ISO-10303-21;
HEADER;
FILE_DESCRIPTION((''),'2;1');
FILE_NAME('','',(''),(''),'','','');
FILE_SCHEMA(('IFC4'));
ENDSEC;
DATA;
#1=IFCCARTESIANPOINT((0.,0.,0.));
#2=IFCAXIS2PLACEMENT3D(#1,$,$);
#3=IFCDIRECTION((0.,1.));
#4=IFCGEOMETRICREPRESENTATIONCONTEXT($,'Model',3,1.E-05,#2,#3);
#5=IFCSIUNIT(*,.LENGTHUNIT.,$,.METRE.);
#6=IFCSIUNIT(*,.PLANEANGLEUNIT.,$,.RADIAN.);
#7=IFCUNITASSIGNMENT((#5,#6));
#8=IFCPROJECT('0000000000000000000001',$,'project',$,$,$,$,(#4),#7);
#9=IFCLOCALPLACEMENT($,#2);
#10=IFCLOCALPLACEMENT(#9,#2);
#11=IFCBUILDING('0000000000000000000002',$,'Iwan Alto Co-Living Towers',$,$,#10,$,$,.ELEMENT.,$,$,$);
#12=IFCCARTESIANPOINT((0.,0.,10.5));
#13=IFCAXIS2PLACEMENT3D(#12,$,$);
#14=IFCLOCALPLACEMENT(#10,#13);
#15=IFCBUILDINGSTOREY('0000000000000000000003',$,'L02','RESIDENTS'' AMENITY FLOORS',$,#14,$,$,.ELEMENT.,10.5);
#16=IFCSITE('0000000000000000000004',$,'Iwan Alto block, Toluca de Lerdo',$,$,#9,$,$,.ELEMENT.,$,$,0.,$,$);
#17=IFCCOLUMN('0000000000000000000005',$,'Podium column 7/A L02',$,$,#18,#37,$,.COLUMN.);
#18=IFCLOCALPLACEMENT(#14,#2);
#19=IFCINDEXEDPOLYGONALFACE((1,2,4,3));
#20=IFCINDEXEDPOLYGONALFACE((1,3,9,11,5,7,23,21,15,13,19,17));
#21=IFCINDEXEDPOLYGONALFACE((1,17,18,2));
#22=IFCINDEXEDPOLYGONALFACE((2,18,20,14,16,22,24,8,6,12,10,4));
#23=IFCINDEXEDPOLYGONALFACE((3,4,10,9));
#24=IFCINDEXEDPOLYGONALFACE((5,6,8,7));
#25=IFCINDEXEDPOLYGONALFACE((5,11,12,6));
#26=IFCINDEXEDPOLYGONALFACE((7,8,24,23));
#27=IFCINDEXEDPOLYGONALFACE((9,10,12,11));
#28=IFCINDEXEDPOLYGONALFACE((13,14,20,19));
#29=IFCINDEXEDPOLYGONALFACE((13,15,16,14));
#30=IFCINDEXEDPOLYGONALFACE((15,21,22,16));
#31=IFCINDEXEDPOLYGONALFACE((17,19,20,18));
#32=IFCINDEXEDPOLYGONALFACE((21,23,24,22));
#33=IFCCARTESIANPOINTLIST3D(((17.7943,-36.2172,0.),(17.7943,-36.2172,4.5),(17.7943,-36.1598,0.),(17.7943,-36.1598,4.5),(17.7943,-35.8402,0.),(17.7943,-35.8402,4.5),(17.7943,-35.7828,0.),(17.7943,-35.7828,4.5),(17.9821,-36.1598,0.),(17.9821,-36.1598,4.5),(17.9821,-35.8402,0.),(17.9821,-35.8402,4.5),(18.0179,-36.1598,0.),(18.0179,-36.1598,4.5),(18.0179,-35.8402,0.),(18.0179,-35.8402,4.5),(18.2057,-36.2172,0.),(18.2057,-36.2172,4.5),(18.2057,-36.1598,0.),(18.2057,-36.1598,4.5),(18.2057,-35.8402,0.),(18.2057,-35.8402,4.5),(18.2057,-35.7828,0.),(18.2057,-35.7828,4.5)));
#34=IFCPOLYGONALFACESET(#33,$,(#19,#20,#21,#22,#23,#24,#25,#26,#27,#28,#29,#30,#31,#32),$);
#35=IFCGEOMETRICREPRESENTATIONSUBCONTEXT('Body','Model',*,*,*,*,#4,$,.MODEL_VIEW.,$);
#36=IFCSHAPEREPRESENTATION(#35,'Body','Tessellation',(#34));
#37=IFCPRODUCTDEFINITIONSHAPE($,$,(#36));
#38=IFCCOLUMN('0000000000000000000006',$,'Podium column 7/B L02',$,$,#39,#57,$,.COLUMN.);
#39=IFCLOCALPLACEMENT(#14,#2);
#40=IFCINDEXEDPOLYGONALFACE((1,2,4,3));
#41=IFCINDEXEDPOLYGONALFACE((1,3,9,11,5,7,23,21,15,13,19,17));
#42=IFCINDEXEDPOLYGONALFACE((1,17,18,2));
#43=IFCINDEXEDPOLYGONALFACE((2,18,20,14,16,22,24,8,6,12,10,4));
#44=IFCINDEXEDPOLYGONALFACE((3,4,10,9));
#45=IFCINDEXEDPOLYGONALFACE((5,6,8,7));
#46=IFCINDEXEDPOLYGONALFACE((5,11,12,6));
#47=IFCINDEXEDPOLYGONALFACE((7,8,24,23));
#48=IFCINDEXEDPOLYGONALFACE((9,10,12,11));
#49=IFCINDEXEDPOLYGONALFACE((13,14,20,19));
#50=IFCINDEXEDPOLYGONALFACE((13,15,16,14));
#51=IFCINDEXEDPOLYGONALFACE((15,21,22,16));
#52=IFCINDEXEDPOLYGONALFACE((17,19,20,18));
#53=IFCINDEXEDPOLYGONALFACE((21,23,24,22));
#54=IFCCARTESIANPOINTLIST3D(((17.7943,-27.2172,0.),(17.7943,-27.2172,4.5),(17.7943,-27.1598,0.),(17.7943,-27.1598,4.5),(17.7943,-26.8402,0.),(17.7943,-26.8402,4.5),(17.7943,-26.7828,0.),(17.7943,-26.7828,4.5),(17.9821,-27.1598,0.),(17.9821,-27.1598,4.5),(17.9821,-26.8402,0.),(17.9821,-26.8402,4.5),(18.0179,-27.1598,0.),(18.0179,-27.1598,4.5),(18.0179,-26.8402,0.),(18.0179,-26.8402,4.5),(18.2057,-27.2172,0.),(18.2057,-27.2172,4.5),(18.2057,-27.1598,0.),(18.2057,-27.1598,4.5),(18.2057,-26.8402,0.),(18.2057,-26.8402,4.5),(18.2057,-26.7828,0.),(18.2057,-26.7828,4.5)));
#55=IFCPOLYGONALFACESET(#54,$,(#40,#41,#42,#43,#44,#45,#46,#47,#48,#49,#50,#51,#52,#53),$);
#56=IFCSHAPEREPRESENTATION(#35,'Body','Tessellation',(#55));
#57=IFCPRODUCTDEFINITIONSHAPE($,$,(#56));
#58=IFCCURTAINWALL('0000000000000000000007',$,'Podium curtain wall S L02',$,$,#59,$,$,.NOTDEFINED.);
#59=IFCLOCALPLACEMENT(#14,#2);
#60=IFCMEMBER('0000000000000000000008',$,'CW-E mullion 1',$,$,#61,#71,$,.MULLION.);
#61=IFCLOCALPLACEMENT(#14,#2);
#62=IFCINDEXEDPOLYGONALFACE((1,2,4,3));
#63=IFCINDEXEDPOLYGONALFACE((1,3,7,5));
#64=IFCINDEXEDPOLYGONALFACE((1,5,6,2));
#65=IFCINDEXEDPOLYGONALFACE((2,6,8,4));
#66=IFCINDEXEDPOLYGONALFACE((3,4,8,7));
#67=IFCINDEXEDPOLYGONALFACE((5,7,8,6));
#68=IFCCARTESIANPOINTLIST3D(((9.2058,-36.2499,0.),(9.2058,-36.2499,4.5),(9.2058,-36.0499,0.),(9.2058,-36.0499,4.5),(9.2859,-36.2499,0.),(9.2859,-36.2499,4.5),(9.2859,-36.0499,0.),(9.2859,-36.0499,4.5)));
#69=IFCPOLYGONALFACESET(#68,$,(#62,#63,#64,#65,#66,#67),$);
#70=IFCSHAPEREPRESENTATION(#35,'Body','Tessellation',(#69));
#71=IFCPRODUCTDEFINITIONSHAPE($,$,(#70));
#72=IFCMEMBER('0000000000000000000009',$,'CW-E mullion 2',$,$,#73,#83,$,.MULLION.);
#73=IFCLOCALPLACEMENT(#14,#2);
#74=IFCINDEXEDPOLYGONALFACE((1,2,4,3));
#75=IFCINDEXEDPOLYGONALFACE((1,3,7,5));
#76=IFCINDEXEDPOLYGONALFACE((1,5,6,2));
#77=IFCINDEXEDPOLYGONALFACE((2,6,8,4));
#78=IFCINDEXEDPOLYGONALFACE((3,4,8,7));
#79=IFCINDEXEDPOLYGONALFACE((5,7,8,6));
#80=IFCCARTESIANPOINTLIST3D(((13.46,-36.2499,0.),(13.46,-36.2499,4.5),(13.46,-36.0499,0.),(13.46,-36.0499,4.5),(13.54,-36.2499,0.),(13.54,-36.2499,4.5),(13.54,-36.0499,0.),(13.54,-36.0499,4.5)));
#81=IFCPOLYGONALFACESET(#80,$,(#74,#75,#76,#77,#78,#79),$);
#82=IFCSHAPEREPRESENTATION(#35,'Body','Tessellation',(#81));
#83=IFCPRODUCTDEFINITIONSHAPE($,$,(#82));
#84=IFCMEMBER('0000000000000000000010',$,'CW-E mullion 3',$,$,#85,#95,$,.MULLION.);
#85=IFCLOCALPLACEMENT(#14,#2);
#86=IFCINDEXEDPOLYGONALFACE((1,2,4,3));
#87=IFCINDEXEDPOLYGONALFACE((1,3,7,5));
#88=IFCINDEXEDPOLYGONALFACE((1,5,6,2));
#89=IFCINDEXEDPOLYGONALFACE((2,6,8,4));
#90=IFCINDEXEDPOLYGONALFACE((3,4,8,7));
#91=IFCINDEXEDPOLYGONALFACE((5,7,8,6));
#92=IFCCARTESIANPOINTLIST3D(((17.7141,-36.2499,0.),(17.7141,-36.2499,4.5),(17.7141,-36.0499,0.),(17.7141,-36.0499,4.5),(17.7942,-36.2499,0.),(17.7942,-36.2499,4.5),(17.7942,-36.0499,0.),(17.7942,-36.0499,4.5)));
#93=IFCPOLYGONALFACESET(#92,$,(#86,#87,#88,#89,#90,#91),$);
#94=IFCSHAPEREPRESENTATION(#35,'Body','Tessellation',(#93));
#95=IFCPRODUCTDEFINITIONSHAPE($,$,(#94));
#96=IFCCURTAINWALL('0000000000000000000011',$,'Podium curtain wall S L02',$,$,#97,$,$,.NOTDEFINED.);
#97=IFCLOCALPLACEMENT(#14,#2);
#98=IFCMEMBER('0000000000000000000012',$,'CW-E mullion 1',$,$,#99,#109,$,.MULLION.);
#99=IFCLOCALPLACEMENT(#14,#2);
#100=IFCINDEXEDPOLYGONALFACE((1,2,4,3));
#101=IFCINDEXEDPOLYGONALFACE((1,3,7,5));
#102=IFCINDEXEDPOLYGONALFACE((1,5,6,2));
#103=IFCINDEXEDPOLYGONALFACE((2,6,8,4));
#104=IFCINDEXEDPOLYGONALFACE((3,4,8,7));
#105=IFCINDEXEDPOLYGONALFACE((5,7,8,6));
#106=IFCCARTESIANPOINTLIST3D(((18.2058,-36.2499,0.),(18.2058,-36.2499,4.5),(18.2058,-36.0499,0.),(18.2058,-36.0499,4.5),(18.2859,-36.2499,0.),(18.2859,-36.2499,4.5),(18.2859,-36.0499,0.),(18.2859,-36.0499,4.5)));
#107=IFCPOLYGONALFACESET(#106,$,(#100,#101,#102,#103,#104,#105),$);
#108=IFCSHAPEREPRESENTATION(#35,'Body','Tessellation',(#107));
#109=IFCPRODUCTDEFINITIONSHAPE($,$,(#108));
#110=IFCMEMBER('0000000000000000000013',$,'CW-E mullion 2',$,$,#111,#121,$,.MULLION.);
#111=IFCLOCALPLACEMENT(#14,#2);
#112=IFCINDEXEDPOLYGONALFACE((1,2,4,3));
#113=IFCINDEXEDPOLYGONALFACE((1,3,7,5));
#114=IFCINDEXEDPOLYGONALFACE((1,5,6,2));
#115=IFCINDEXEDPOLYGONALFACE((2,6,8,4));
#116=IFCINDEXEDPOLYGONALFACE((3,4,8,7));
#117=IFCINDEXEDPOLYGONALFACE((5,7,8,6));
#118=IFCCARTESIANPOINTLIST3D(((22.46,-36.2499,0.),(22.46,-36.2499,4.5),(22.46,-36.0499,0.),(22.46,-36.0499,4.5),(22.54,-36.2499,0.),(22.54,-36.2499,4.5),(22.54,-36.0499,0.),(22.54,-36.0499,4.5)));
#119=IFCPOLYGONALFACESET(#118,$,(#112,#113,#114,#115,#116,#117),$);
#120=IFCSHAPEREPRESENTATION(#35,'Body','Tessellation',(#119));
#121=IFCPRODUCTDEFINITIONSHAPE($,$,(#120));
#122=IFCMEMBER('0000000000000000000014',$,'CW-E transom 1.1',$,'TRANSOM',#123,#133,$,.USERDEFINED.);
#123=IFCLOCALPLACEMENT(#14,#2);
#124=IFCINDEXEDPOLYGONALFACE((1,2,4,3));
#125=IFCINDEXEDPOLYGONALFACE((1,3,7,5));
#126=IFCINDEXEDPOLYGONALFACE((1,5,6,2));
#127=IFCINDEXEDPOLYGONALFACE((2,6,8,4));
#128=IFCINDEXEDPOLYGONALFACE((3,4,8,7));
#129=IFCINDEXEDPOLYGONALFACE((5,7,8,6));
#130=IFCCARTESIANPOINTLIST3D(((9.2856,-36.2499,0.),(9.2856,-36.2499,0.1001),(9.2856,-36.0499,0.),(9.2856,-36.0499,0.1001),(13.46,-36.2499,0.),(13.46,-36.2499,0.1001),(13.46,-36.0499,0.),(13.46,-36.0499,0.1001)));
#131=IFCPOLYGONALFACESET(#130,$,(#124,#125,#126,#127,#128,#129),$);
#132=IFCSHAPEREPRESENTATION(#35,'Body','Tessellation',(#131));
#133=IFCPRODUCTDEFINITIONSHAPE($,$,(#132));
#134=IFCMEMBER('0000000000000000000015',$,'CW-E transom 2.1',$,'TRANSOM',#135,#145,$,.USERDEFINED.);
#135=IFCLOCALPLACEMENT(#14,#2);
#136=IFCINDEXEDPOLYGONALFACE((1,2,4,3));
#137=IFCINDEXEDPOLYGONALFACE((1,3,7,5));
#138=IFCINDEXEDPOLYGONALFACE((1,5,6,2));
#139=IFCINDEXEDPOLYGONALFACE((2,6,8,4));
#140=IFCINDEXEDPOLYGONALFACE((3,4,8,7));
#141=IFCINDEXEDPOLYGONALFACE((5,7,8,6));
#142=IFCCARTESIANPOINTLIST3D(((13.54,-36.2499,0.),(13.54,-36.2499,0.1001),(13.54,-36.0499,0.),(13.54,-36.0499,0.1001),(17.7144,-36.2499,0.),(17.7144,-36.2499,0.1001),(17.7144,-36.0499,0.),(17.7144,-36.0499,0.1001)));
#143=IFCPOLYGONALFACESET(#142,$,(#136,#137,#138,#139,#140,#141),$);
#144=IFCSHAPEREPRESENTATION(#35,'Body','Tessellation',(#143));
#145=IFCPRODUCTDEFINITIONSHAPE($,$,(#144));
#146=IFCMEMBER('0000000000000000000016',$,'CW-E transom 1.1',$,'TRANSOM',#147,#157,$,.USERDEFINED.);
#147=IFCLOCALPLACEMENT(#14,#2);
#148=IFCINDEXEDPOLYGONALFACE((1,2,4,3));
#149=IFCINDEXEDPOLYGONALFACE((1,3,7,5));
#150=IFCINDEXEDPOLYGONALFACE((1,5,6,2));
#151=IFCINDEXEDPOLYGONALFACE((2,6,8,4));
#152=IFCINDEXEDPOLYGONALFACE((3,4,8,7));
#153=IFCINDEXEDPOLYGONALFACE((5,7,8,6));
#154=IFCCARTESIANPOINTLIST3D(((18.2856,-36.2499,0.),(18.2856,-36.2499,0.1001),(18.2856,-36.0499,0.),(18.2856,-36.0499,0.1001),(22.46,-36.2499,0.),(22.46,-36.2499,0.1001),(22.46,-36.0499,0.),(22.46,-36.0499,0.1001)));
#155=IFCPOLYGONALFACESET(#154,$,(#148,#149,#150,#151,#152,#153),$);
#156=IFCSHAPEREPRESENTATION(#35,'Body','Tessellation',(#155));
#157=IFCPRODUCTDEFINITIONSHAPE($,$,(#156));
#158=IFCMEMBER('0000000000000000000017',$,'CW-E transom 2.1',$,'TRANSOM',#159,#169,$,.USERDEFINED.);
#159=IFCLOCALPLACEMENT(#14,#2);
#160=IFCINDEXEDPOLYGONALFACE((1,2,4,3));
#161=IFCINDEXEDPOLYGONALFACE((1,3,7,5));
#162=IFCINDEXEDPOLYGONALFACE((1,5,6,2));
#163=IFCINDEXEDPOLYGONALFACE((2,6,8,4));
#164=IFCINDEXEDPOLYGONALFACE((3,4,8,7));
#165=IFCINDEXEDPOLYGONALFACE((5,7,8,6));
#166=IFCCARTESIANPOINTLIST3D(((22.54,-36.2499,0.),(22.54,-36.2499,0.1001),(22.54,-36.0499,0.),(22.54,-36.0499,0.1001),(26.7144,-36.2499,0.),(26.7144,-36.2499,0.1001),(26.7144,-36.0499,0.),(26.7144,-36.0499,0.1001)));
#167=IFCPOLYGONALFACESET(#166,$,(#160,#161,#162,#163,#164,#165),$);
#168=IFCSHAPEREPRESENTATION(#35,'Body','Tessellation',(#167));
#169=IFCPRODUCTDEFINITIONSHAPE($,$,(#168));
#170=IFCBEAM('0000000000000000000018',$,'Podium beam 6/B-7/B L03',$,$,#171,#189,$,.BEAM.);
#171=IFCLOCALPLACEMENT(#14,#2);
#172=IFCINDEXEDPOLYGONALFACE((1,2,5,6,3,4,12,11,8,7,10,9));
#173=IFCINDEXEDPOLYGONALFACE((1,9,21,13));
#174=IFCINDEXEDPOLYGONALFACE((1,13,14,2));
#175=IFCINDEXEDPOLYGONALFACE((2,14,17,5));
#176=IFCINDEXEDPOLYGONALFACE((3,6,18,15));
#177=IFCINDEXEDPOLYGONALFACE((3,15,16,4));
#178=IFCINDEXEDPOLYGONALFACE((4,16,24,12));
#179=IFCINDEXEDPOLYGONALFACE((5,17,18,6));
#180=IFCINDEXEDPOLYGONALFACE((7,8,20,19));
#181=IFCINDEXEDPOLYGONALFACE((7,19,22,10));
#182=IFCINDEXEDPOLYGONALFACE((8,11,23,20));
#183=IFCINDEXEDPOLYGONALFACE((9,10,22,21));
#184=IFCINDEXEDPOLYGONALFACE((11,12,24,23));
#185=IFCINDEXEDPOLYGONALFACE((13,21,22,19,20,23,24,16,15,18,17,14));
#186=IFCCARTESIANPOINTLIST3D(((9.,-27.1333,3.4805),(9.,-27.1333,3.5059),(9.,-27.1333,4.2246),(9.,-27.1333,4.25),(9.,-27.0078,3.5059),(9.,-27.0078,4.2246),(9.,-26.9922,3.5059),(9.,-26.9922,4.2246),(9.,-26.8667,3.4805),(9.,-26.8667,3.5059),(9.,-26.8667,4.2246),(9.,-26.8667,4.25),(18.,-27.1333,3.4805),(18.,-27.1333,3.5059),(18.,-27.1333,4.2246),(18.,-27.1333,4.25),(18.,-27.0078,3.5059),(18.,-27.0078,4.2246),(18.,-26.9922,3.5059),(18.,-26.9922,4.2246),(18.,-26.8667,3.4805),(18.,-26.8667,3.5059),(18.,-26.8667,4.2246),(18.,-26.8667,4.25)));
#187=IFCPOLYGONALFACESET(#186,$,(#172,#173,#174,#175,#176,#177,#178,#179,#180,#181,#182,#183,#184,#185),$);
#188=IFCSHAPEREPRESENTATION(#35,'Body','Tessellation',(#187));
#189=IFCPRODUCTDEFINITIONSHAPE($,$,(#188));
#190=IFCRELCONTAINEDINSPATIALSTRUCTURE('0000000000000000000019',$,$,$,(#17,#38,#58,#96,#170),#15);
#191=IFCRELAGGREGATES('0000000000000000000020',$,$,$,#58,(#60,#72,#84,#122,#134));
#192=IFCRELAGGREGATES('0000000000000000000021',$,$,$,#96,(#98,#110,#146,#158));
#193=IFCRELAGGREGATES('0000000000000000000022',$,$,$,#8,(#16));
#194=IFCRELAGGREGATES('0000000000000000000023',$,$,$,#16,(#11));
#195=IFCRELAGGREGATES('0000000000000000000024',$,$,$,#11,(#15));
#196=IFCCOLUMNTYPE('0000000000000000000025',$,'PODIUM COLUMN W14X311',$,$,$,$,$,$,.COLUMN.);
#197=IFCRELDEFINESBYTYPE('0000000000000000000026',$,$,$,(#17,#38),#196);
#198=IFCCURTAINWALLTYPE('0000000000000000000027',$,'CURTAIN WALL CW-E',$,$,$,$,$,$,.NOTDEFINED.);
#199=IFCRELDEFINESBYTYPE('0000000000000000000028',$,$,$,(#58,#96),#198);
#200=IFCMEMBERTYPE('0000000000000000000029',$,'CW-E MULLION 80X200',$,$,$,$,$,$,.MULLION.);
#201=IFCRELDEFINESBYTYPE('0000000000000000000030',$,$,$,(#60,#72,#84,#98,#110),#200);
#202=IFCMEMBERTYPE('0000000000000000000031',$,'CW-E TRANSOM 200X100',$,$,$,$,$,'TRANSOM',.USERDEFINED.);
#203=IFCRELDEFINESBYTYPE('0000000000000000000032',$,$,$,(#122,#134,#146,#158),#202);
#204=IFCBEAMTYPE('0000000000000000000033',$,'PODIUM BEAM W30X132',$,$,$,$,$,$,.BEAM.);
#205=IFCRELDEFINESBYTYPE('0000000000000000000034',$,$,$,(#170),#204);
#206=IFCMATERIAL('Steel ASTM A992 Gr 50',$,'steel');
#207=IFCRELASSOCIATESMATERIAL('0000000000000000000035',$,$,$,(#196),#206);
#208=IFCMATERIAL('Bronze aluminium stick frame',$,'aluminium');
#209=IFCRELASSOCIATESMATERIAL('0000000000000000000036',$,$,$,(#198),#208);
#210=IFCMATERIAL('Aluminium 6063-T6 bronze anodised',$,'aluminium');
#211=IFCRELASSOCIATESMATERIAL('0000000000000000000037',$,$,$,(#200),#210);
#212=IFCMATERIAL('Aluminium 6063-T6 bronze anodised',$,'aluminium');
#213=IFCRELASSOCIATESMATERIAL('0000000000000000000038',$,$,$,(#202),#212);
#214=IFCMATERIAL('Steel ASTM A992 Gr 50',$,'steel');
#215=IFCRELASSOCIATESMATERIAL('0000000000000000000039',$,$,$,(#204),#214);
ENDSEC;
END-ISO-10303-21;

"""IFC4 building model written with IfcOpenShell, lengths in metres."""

from ifc_helpers import new_model, si_unit, direction, frame, origin, origin_2d, place, context, subcontext, project, spatial, rectangle, i_section, extrude, material, material_profile, profile_set, type_object, element, aggregate, save


model = new_model("IFC4")

# Units and contexts
model_context = context("Model", 3, precision=1e-05, world=origin(), true_north=direction((0.0, 1.0)))
body_context = subcontext(model_context, "Body", "Model", "MODEL_VIEW")
ifc_project = project(units=[si_unit("LENGTHUNIT", "METRE"), si_unit("PLANEANGLEUNIT", "RADIAN")], contexts=[model_context])

# Site, building, storey
site_placement = place(None, origin())
site = spatial("IfcSite", under=ifc_project, at=site_placement, Name="Iwan Alto block, Toluca de Lerdo", CompositionType="ELEMENT", RefElevation=0.0)
building_placement = place(site_placement, origin())
building = spatial("IfcBuilding", under=site, at=building_placement, Name="Iwan Alto Co-Living Towers", CompositionType="ELEMENT")
storey_placement = place(building_placement, frame((0.0, 0.0, 10.5)))
storey = spatial("IfcBuildingStorey", under=building, at=storey_placement, Name="L02", Description="RESIDENTS' AMENITY FLOORS", CompositionType="ELEMENT", Elevation=10.5)

# Columns
ifc_material_1 = material(Name="Steel ASTM A992 Gr 50", Category="steel")
ifc_material_profile_1 = material_profile(ifc_material_1, i_section(OverallWidth=0.4114, OverallDepth=0.4343, WebThickness=0.0359, FlangeThickness=0.0574, at=origin_2d()), Name="W14X311")
ifc_profile_set_1 = profile_set([ifc_material_profile_1], Name="Steel ASTM A992 Gr 50")
column_type = type_object("IfcColumnType", Name="PODIUM COLUMN W14X311", PredefinedType="COLUMN", material=ifc_profile_set_1)
for number, where, z_axis, x_axis, name in (
    (1, (18.0, -36.0, 0.0), (0.0, 0.0, 1.0), (1.0, 0.0, 0.0), "Podium column 7/A L02"),
    (2, (18.0, -27.0, 0.0), (0.0, 0.0, 1.0), (1.0, 0.0, 0.0), "Podium column 7/B L02"),
):
    element("IfcColumn", number, at=place(storey_placement, frame(where, z_axis=z_axis, x_axis=x_axis)), inside=storey, type_object=column_type, Name=name, PredefinedType="COLUMN", context=body_context, shape_type="SweptSolid", body=[
        extrude(i_section(OverallWidth=0.4114, OverallDepth=0.4343, WebThickness=0.0359, FlangeThickness=0.0574, at=origin_2d()), origin(), (0.0, 0.0, 1.0), 4.5),
    ])

# Curtain walls, members
ifc_material_2 = material(Name="Bronze aluminium stick frame", Category="aluminium")
curtain_wall_type = type_object("IfcCurtainWallType", Name="CURTAIN WALL CW-E", PredefinedType="NOTDEFINED", material=ifc_material_2)
curtain_wall_1_placement = place(storey_placement, origin())
curtain_wall_1 = element("IfcCurtainWall", 3, at=curtain_wall_1_placement, inside=storey, type_object=curtain_wall_type, Name="Podium curtain wall S L02", PredefinedType="NOTDEFINED")
ifc_material_3 = material(Name="Aluminium 6063-T6 bronze anodised", Category="aluminium")
ifc_material_profile_2 = material_profile(ifc_material_3, rectangle(XDim=0.2, YDim=0.0801, at=origin_2d()), Name="AL 80X200")
ifc_profile_set_2 = profile_set([ifc_material_profile_2], Name="Aluminium 6063-T6 bronze anodised")
member_type_1 = type_object("IfcMemberType", Name="CW-E MULLION 80X200", PredefinedType="MULLION", material=ifc_profile_set_2)
member_1_placement = place(storey_placement, frame((9.2458, -36.1499, 0.0), z_axis=(0.0, 0.0, 1.0), x_axis=(0.0, 1.0, 0.0)))
member_1 = element("IfcMember", 4, at=member_1_placement, type_object=member_type_1, Name="CW-E mullion 1", PredefinedType="MULLION", context=body_context, shape_type="SweptSolid", body=[
    extrude(rectangle(XDim=0.2, YDim=0.0801, at=origin_2d()), origin(), (0.0, 0.0, 1.0), 4.5),
])
member_2_placement = place(storey_placement, frame((13.5, -36.1499, 0.0), z_axis=(0.0, 0.0, 1.0), x_axis=(0.0, 1.0, 0.0)))
member_2 = element("IfcMember", 5, at=member_2_placement, type_object=member_type_1, Name="CW-E mullion 2", PredefinedType="MULLION", context=body_context, shape_type="SweptSolid", body=[
    extrude(rectangle(XDim=0.2, YDim=0.0801, at=origin_2d()), origin(), (0.0, 0.0, 1.0), 4.5),
])
member_3_placement = place(storey_placement, frame((17.7542, -36.1499, 0.0), z_axis=(0.0, 0.0, 1.0), x_axis=(0.0, 1.0, 0.0)))
member_3 = element("IfcMember", 6, at=member_3_placement, type_object=member_type_1, Name="CW-E mullion 3", PredefinedType="MULLION", context=body_context, shape_type="SweptSolid", body=[
    extrude(rectangle(XDim=0.2, YDim=0.0801, at=origin_2d()), origin(), (0.0, 0.0, 1.0), 4.5),
])
curtain_wall_2_placement = place(storey_placement, origin())
curtain_wall_2 = element("IfcCurtainWall", 7, at=curtain_wall_2_placement, inside=storey, type_object=curtain_wall_type, Name="Podium curtain wall S L02", PredefinedType="NOTDEFINED")
member_4_placement = place(storey_placement, frame((18.2458, -36.1499, 0.0), z_axis=(0.0, 0.0, 1.0), x_axis=(0.0, 1.0, 0.0)))
member_4 = element("IfcMember", 8, at=member_4_placement, type_object=member_type_1, Name="CW-E mullion 1", PredefinedType="MULLION", context=body_context, shape_type="SweptSolid", body=[
    extrude(rectangle(XDim=0.2, YDim=0.0801, at=origin_2d()), origin(), (0.0, 0.0, 1.0), 4.5),
])
member_5_placement = place(storey_placement, frame((22.5, -36.1499, 0.0), z_axis=(0.0, 0.0, 1.0), x_axis=(0.0, 1.0, 0.0)))
member_5 = element("IfcMember", 9, at=member_5_placement, type_object=member_type_1, Name="CW-E mullion 2", PredefinedType="MULLION", context=body_context, shape_type="SweptSolid", body=[
    extrude(rectangle(XDim=0.2, YDim=0.0801, at=origin_2d()), origin(), (0.0, 0.0, 1.0), 4.5),
])

# Members
ifc_material_4 = material(Name="Aluminium 6063-T6 bronze anodised", Category="aluminium")
ifc_material_profile_3 = material_profile(ifc_material_4, rectangle(XDim=0.2, YDim=0.1001, at=origin_2d()), Name="AL 200X100")
ifc_profile_set_3 = profile_set([ifc_material_profile_3], Name="Aluminium 6063-T6 bronze anodised")
member_type_2 = type_object("IfcMemberType", Name="CW-E TRANSOM 200X100", ElementType="TRANSOM", PredefinedType="USERDEFINED", material=ifc_profile_set_3)
member_6_placement = place(storey_placement, frame((9.2856, -36.1499, 0.05), z_axis=(1.0, 0.0, 0.0), x_axis=(0.0, 1.0, 0.0)))
member_6 = element("IfcMember", 10, at=member_6_placement, type_object=member_type_2, Name="CW-E transom 1.1", ObjectType="TRANSOM", PredefinedType="USERDEFINED", context=body_context, shape_type="SweptSolid", body=[
    extrude(rectangle(XDim=0.2, YDim=0.1001, at=origin_2d()), origin(), (0.0, 0.0, 1.0), 4.1743),
])
member_7_placement = place(storey_placement, frame((13.54, -36.1499, 0.05), z_axis=(1.0, 0.0, 0.0), x_axis=(0.0, 1.0, 0.0)))
member_7 = element("IfcMember", 11, at=member_7_placement, type_object=member_type_2, Name="CW-E transom 2.1", ObjectType="TRANSOM", PredefinedType="USERDEFINED", context=body_context, shape_type="SweptSolid", body=[
    extrude(rectangle(XDim=0.2, YDim=0.1001, at=origin_2d()), origin(), (0.0, 0.0, 1.0), 4.1743),
])
member_8_placement = place(storey_placement, frame((18.2856, -36.1499, 0.05), z_axis=(1.0, 0.0, 0.0), x_axis=(0.0, 1.0, 0.0)))
member_8 = element("IfcMember", 12, at=member_8_placement, type_object=member_type_2, Name="CW-E transom 1.1", ObjectType="TRANSOM", PredefinedType="USERDEFINED", context=body_context, shape_type="SweptSolid", body=[
    extrude(rectangle(XDim=0.2, YDim=0.1001, at=origin_2d()), origin(), (0.0, 0.0, 1.0), 4.1743),
])
member_9_placement = place(storey_placement, frame((22.54, -36.1499, 0.05), z_axis=(1.0, 0.0, 0.0), x_axis=(0.0, 1.0, 0.0)))
member_9 = element("IfcMember", 13, at=member_9_placement, type_object=member_type_2, Name="CW-E transom 2.1", ObjectType="TRANSOM", PredefinedType="USERDEFINED", context=body_context, shape_type="SweptSolid", body=[
    extrude(rectangle(XDim=0.2, YDim=0.1001, at=origin_2d()), origin(), (0.0, 0.0, 1.0), 4.1743),
])

# Beam
ifc_material_5 = material(Name="Steel ASTM A992 Gr 50", Category="steel")
ifc_material_profile_4 = material_profile(ifc_material_5, i_section(OverallWidth=0.2666, OverallDepth=0.7695, WebThickness=0.0156, FlangeThickness=0.0254, at=origin_2d()), Name="W30X132")
ifc_profile_set_4 = profile_set([ifc_material_profile_4], Name="Steel ASTM A992 Gr 50")
beam_type_1 = type_object("IfcBeamType", Name="PODIUM BEAM W30X132", PredefinedType="BEAM", material=ifc_profile_set_4)
for number, where, z_axis, x_axis, name in (
    (14, (9.0, -27.0, 3.8652), (1.0, 0.0, 0.0), (0.0, 1.0, 0.0), "Podium beam 6/B-7/B L03"),
):
    element("IfcBeam", number, at=place(storey_placement, frame(where, z_axis=z_axis, x_axis=x_axis)), inside=storey, type_object=beam_type_1, Name=name, PredefinedType="BEAM", context=body_context, shape_type="SweptSolid", body=[
        extrude(i_section(OverallWidth=0.2666, OverallDepth=0.7695, WebThickness=0.0156, FlangeThickness=0.0254, at=origin_2d()), origin(), (0.0, 0.0, 1.0), 9.0),
    ])

aggregate(curtain_wall_1, [member_1, member_2, member_3, member_6, member_7])
aggregate(curtain_wall_2, [member_4, member_5, member_8, member_9])

save(model, "model.ifc")
